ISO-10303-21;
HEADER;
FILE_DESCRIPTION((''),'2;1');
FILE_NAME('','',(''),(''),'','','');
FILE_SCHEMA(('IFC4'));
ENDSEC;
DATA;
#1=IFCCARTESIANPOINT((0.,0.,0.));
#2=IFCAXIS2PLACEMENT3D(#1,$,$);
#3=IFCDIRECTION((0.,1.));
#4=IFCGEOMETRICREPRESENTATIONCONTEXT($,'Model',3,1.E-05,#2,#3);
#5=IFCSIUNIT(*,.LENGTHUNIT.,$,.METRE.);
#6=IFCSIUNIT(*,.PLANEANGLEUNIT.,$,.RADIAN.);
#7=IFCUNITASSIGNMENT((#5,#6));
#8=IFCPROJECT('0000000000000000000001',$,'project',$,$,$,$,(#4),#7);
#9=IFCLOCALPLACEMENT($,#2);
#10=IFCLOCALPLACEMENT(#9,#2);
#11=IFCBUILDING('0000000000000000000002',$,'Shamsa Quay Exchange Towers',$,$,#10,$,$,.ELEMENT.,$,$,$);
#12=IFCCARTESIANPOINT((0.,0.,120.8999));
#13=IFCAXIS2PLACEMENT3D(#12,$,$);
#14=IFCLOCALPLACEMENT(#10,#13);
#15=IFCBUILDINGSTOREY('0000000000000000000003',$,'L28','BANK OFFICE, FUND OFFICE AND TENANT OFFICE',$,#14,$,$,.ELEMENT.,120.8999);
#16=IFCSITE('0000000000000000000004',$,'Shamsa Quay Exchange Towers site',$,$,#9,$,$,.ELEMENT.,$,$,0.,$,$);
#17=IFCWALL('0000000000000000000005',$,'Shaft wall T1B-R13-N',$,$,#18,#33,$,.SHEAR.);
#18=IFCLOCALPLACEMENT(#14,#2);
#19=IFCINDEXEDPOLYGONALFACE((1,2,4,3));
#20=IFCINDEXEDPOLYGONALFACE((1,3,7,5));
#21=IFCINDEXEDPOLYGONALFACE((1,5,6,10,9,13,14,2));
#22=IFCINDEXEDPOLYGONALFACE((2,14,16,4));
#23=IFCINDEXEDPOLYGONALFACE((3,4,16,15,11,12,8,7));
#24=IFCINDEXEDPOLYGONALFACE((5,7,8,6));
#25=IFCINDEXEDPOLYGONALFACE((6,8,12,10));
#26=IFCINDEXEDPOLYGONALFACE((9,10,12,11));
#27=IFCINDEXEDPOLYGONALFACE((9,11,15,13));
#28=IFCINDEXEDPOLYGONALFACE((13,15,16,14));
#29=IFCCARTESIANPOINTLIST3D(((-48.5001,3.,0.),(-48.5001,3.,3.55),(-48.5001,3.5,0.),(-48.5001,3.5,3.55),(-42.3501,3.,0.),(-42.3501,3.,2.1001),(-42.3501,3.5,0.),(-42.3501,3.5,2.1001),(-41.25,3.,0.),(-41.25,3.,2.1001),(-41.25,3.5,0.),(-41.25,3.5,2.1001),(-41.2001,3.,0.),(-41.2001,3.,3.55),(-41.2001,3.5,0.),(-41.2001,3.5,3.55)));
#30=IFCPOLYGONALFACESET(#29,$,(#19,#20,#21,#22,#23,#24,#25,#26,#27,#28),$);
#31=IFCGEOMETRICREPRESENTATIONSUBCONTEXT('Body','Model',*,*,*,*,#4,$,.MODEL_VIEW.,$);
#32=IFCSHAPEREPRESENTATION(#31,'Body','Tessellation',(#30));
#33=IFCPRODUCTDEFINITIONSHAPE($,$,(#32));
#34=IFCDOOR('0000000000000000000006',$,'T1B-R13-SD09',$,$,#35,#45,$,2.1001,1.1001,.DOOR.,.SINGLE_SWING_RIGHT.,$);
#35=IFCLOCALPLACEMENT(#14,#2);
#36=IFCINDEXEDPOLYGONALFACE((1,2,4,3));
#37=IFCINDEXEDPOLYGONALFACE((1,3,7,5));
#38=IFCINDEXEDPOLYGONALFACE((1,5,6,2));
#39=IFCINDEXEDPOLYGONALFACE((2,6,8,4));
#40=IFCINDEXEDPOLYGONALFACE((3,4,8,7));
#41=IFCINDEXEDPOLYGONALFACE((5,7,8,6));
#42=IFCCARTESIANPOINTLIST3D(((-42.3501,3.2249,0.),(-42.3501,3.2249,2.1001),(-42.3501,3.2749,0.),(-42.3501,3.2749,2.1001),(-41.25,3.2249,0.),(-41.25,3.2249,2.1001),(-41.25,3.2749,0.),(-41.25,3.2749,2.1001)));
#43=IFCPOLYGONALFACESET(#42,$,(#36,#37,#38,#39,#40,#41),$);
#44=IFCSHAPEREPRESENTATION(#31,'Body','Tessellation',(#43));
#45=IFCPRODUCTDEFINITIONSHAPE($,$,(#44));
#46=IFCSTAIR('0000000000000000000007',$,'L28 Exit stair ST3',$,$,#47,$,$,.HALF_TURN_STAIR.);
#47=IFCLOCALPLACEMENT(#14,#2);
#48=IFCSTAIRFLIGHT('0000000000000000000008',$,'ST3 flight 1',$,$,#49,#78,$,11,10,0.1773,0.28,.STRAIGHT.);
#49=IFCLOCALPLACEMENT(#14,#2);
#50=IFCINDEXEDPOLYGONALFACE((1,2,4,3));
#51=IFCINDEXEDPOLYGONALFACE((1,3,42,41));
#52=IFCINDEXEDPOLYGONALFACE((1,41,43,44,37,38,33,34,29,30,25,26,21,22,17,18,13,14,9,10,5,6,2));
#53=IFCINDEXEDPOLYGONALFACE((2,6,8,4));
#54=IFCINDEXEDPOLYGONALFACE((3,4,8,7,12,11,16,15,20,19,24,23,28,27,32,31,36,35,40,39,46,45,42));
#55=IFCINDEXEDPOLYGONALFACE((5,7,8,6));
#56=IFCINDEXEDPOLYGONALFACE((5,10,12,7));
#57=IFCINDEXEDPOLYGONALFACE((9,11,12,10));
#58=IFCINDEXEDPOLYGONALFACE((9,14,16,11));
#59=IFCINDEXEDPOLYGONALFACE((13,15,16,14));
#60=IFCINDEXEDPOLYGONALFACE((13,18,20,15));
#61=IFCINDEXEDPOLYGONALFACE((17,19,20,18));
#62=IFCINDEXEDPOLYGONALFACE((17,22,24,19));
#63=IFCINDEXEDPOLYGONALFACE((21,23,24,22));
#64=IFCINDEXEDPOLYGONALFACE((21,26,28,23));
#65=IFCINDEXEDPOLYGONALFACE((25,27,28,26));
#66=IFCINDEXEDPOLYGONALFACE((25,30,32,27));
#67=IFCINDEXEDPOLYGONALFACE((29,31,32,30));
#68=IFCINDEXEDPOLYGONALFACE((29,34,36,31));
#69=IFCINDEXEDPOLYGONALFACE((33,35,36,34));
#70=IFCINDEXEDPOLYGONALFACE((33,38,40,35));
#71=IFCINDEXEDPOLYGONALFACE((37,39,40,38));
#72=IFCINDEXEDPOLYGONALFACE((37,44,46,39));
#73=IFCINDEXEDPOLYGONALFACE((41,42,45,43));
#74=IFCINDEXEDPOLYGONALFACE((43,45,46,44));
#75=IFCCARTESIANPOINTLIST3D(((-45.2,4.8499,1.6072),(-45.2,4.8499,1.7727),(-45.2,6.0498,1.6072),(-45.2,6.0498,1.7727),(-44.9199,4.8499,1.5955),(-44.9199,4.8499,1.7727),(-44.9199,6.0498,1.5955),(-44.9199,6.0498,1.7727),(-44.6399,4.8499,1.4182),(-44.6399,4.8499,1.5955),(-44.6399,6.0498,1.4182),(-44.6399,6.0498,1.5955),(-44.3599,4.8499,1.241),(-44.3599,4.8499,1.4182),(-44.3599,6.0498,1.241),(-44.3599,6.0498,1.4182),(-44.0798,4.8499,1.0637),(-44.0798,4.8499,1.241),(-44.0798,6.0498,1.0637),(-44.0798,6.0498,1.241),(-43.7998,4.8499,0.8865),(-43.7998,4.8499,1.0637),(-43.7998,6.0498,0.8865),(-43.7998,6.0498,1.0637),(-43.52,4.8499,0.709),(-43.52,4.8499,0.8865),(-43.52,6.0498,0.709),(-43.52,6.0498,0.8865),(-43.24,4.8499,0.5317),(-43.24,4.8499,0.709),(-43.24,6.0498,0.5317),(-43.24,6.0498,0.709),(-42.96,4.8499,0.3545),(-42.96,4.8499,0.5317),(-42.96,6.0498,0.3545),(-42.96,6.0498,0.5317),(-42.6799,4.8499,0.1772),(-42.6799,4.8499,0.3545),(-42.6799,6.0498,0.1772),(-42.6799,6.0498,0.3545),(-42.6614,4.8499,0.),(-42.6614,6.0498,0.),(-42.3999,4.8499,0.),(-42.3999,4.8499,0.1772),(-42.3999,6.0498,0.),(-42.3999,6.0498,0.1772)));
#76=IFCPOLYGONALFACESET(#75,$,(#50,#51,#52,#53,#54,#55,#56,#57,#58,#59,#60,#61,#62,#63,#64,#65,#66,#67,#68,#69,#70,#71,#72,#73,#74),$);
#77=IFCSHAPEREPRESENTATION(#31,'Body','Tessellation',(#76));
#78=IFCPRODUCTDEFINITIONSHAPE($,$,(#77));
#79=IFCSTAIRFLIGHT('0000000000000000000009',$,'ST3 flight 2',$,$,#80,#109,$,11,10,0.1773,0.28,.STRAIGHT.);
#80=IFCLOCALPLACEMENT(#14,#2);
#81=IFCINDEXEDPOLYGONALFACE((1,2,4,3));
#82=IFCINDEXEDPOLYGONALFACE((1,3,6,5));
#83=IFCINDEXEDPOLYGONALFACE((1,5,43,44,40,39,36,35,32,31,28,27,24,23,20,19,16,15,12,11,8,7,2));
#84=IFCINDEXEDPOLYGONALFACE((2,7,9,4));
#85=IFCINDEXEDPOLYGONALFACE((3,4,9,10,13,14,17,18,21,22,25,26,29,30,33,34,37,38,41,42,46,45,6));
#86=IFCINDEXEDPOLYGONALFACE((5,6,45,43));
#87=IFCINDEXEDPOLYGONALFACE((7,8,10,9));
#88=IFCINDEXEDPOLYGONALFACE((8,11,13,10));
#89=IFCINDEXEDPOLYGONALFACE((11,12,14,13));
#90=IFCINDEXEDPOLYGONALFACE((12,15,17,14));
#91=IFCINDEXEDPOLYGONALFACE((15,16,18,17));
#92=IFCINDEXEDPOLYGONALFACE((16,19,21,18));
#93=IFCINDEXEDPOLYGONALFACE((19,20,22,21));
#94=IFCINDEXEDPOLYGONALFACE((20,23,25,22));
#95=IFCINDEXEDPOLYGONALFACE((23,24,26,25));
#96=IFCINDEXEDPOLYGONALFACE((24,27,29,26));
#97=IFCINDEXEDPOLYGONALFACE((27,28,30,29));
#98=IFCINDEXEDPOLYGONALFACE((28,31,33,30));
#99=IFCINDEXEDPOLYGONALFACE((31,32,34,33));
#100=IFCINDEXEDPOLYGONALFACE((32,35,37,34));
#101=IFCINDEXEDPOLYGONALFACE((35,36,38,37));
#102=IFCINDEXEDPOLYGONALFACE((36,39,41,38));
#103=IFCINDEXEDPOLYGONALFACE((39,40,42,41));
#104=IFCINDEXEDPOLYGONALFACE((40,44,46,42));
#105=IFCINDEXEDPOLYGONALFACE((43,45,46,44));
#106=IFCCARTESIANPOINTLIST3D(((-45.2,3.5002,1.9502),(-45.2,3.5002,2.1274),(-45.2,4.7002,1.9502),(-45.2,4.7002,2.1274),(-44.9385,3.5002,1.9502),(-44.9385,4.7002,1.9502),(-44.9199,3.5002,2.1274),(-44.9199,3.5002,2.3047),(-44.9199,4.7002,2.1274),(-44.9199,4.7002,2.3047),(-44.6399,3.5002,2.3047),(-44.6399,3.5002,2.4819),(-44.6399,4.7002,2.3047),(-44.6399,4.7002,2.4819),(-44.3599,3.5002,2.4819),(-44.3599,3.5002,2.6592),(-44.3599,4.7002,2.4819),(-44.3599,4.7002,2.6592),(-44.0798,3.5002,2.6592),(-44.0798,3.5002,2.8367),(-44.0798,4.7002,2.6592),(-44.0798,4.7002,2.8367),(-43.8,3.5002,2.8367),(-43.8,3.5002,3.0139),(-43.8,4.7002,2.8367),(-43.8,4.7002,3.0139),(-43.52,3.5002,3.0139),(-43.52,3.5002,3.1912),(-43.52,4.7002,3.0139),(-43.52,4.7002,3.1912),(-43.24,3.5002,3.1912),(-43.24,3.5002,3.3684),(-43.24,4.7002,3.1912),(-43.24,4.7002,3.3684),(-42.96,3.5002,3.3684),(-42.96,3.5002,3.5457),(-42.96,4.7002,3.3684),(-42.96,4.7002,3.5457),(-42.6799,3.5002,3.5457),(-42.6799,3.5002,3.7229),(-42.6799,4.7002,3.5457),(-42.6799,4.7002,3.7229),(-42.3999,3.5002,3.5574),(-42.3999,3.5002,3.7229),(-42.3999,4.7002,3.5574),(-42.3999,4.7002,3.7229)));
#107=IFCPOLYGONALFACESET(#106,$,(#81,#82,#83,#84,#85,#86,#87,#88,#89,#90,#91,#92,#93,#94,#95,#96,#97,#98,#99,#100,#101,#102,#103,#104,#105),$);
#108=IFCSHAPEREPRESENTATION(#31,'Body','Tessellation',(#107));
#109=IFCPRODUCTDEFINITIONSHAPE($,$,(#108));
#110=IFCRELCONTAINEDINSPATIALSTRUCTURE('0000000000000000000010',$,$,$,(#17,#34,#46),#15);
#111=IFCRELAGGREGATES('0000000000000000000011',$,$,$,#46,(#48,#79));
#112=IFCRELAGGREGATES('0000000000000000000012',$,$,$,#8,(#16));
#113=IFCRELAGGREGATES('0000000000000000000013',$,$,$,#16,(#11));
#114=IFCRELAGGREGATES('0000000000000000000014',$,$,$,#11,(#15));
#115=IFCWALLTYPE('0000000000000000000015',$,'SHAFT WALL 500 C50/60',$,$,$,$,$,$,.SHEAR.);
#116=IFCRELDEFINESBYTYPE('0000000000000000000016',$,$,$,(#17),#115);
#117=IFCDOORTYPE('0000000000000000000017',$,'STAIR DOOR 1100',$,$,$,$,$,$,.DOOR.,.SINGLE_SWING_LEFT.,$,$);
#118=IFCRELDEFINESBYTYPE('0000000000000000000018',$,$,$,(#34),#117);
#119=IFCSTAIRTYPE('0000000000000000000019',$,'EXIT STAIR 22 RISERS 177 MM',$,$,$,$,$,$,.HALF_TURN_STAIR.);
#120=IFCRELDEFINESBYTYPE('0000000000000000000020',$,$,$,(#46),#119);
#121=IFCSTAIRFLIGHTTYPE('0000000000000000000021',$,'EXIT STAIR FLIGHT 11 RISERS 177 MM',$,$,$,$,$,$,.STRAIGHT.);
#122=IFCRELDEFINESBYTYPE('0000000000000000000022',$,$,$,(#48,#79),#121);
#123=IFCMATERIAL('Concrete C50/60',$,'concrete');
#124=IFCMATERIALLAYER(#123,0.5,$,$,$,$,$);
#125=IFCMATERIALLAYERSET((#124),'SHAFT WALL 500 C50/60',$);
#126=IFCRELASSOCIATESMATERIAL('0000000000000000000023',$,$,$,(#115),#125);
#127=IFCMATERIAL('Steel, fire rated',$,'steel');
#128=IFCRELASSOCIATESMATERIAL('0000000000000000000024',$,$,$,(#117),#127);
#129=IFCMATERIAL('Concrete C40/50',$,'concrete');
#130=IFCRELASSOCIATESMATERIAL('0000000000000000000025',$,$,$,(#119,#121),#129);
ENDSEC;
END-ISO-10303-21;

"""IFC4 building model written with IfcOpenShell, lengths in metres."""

from ifc_helpers import new_model, si_unit, direction, frame, frame_2d, origin, place, context, subcontext, project, spatial, polyline, rectangle, outline, extrude, material, layer, layer_set, type_object, element, fill, aggregate, save


model = new_model("IFC4")

# Units and contexts
model_context = context("Model", 3, precision=1e-05, world=origin(), true_north=direction((0.0, 1.0)))
body_context = subcontext(model_context, "Body", "Model", "MODEL_VIEW")
ifc_project = project(units=[si_unit("LENGTHUNIT", "METRE"), si_unit("PLANEANGLEUNIT", "RADIAN")], contexts=[model_context])

# Site, building, storey
site_placement = place(None, origin())
site = spatial("IfcSite", under=ifc_project, at=site_placement, Name="Shamsa Quay Exchange Towers site", CompositionType="ELEMENT", RefElevation=0.0)
building_placement = place(site_placement, origin())
building = spatial("IfcBuilding", under=site, at=building_placement, Name="Shamsa Quay Exchange Towers", CompositionType="ELEMENT")
storey_placement = place(building_placement, frame((0.0, 0.0, 120.8999)))
storey = spatial("IfcBuildingStorey", under=building, at=storey_placement, Name="L28", Description="BANK OFFICE, FUND OFFICE AND TENANT OFFICE", CompositionType="ELEMENT", Elevation=120.8999)

# Shared definitions
ifc_material_1 = material(Name="Concrete C50/60", Category="concrete")
ifc_material_2 = material(Name="Steel, fire rated", Category="steel")

# Wall, opening, door
ifc_layer_1 = layer(ifc_material_1, 0.5)
ifc_layer_set_1 = layer_set([ifc_layer_1], Name="SHAFT WALL 500 C50/60")
wall_type_1 = type_object("IfcWallType", Name="SHAFT WALL 500 C50/60", PredefinedType="SHEAR", material=ifc_layer_set_1)
wall_1_placement = place(storey_placement, frame((-48.5, 3.25, 0.0)))
wall_1 = element("IfcWall", 1, at=wall_1_placement, inside=storey, type_object=wall_type_1, Name="Shaft wall T1B-R13-N", PredefinedType="SHEAR", context=body_context, shape_type="SweptSolid", body=[
    extrude(rectangle(XDim=7.3, YDim=0.5, at=frame_2d((3.6499, 0.0))), origin(), (0.0, 0.0, 1.0), 3.55),
])
opening_1_placement = place(wall_1_placement, frame((6.1499, 0.0, 0.0)))
opening_1 = element("IfcOpeningElement", 2, at=opening_1_placement, cuts=wall_1, PredefinedType="OPENING", context=body_context, shape_type="SweptSolid", body=[
    extrude(rectangle(XDim=1.1001, YDim=2.1001, at=frame_2d((0.55, 1.05))), frame((0.0, 0.26, 0.0), z_axis=(0.0, -1.0, 0.0), x_axis=(1.0, 0.0, 0.0)), (0.0, 0.0, 1.0), 0.52),
])
door_type_1 = type_object("IfcDoorType", Name="STAIR DOOR 1100", OperationType="SINGLE_SWING_LEFT", PredefinedType="DOOR", material=ifc_material_2)
door_1_placement = place(opening_1_placement, origin())
door_1 = element("IfcDoor", 3, at=door_1_placement, inside=storey, type_object=door_type_1, Name="T1B-R13-SD09", OperationType="SINGLE_SWING_RIGHT", OverallHeight=2.1001, OverallWidth=1.1001, PredefinedType="DOOR", context=body_context, shape_type="SweptSolid", body=[
    extrude(rectangle(XDim=1.1001, YDim=2.1001, at=frame_2d((0.55, 1.05))), frame((0.0, 0.0249, 0.0), z_axis=(0.0, -1.0, 0.0), x_axis=(1.0, 0.0, 0.0)), (0.0, 0.0, 1.0), 0.05),
])
fill(opening_1, door_1)

# Stair, stair flights
ifc_material_3 = material(Name="Concrete C40/50", Category="concrete")
stair_type = type_object("IfcStairType", Name="EXIT STAIR 22 RISERS 177 MM", PredefinedType="HALF_TURN_STAIR", material=ifc_material_3)
stair_placement = place(storey_placement, origin())
stair = element("IfcStair", 4, at=stair_placement, inside=storey, type_object=stair_type, Name="L28 Exit stair ST3", PredefinedType="HALF_TURN_STAIR")
stair_flight_type = type_object("IfcStairFlightType", Name="EXIT STAIR FLIGHT 11 RISERS 177 MM", PredefinedType="STRAIGHT", material=ifc_material_3)
stair_flight_1_placement = place(storey_placement, frame((-42.3999, 5.45, 0.0), z_axis=(0.0, 0.0, 1.0), x_axis=(-1.0, 0.0, 0.0)))
stair_flight_1 = element("IfcStairFlight", 5, at=stair_flight_1_placement, type_object=stair_flight_type, Name="ST3 flight 1", NumberOfRisers=11, NumberOfTreads=10, PredefinedType="STRAIGHT", RiserHeight=0.1773, TreadLength=0.28, context=body_context, shape_type="SweptSolid", body=[
    extrude(outline(polyline([(0.0, 0.0), (0.0, 0.1772), (0.28, 0.1772), (0.28, 0.3545), (0.5601, 0.3545), (0.5601, 0.5317), (0.8401, 0.5317), (0.8401, 0.709), (1.1201, 0.709), (1.1201, 0.8865), (1.3999, 0.8865), (1.3999, 1.0637), (1.6799, 1.0637), (1.6799, 1.241), (1.96, 1.241), (1.96, 1.4182), (2.24, 1.4182), (2.24, 1.5955), (2.52, 1.5955), (2.52, 1.7727), (2.8, 1.7727), (2.8, 1.95), (2.8, 1.6072), (0.2615, 0.0), (0.0, 0.0)])), frame((0.0, 0.6001, 0.0), z_axis=(0.0, -1.0, 0.0), x_axis=(1.0, 0.0, 0.0)), (0.0, 0.0, 1.0), 1.2),
])
stair_flight_2_placement = place(storey_placement, frame((-45.2, 4.1001, 1.9502)))
stair_flight_2 = element("IfcStairFlight", 6, at=stair_flight_2_placement, type_object=stair_flight_type, Name="ST3 flight 2", NumberOfRisers=11, NumberOfTreads=10, PredefinedType="STRAIGHT", RiserHeight=0.1773, TreadLength=0.28, context=body_context, shape_type="SweptSolid", body=[
    extrude(outline(polyline([(0.0, 0.0), (0.0, 0.1772), (0.28, 0.1772), (0.28, 0.3545), (0.5601, 0.3545), (0.5601, 0.5317), (0.8401, 0.5317), (0.8401, 0.709), (1.1201, 0.709), (1.1201, 0.8865), (1.3999, 0.8865), (1.3999, 1.0637), (1.6799, 1.0637), (1.6799, 1.241), (1.96, 1.241), (1.96, 1.4182), (2.24, 1.4182), (2.24, 1.5955), (2.52, 1.5955), (2.52, 1.7727), (2.8, 1.7727), (2.8, 1.95), (2.8, 1.6072), (0.2615, 0.0), (0.0, 0.0)])), frame((0.0, 0.6001, 0.0), z_axis=(0.0, -1.0, 0.0), x_axis=(1.0, 0.0, 0.0)), (0.0, 0.0, 1.0), 1.2),
])
aggregate(stair, [stair_flight_1, stair_flight_2])

save(model, "model.ifc")
